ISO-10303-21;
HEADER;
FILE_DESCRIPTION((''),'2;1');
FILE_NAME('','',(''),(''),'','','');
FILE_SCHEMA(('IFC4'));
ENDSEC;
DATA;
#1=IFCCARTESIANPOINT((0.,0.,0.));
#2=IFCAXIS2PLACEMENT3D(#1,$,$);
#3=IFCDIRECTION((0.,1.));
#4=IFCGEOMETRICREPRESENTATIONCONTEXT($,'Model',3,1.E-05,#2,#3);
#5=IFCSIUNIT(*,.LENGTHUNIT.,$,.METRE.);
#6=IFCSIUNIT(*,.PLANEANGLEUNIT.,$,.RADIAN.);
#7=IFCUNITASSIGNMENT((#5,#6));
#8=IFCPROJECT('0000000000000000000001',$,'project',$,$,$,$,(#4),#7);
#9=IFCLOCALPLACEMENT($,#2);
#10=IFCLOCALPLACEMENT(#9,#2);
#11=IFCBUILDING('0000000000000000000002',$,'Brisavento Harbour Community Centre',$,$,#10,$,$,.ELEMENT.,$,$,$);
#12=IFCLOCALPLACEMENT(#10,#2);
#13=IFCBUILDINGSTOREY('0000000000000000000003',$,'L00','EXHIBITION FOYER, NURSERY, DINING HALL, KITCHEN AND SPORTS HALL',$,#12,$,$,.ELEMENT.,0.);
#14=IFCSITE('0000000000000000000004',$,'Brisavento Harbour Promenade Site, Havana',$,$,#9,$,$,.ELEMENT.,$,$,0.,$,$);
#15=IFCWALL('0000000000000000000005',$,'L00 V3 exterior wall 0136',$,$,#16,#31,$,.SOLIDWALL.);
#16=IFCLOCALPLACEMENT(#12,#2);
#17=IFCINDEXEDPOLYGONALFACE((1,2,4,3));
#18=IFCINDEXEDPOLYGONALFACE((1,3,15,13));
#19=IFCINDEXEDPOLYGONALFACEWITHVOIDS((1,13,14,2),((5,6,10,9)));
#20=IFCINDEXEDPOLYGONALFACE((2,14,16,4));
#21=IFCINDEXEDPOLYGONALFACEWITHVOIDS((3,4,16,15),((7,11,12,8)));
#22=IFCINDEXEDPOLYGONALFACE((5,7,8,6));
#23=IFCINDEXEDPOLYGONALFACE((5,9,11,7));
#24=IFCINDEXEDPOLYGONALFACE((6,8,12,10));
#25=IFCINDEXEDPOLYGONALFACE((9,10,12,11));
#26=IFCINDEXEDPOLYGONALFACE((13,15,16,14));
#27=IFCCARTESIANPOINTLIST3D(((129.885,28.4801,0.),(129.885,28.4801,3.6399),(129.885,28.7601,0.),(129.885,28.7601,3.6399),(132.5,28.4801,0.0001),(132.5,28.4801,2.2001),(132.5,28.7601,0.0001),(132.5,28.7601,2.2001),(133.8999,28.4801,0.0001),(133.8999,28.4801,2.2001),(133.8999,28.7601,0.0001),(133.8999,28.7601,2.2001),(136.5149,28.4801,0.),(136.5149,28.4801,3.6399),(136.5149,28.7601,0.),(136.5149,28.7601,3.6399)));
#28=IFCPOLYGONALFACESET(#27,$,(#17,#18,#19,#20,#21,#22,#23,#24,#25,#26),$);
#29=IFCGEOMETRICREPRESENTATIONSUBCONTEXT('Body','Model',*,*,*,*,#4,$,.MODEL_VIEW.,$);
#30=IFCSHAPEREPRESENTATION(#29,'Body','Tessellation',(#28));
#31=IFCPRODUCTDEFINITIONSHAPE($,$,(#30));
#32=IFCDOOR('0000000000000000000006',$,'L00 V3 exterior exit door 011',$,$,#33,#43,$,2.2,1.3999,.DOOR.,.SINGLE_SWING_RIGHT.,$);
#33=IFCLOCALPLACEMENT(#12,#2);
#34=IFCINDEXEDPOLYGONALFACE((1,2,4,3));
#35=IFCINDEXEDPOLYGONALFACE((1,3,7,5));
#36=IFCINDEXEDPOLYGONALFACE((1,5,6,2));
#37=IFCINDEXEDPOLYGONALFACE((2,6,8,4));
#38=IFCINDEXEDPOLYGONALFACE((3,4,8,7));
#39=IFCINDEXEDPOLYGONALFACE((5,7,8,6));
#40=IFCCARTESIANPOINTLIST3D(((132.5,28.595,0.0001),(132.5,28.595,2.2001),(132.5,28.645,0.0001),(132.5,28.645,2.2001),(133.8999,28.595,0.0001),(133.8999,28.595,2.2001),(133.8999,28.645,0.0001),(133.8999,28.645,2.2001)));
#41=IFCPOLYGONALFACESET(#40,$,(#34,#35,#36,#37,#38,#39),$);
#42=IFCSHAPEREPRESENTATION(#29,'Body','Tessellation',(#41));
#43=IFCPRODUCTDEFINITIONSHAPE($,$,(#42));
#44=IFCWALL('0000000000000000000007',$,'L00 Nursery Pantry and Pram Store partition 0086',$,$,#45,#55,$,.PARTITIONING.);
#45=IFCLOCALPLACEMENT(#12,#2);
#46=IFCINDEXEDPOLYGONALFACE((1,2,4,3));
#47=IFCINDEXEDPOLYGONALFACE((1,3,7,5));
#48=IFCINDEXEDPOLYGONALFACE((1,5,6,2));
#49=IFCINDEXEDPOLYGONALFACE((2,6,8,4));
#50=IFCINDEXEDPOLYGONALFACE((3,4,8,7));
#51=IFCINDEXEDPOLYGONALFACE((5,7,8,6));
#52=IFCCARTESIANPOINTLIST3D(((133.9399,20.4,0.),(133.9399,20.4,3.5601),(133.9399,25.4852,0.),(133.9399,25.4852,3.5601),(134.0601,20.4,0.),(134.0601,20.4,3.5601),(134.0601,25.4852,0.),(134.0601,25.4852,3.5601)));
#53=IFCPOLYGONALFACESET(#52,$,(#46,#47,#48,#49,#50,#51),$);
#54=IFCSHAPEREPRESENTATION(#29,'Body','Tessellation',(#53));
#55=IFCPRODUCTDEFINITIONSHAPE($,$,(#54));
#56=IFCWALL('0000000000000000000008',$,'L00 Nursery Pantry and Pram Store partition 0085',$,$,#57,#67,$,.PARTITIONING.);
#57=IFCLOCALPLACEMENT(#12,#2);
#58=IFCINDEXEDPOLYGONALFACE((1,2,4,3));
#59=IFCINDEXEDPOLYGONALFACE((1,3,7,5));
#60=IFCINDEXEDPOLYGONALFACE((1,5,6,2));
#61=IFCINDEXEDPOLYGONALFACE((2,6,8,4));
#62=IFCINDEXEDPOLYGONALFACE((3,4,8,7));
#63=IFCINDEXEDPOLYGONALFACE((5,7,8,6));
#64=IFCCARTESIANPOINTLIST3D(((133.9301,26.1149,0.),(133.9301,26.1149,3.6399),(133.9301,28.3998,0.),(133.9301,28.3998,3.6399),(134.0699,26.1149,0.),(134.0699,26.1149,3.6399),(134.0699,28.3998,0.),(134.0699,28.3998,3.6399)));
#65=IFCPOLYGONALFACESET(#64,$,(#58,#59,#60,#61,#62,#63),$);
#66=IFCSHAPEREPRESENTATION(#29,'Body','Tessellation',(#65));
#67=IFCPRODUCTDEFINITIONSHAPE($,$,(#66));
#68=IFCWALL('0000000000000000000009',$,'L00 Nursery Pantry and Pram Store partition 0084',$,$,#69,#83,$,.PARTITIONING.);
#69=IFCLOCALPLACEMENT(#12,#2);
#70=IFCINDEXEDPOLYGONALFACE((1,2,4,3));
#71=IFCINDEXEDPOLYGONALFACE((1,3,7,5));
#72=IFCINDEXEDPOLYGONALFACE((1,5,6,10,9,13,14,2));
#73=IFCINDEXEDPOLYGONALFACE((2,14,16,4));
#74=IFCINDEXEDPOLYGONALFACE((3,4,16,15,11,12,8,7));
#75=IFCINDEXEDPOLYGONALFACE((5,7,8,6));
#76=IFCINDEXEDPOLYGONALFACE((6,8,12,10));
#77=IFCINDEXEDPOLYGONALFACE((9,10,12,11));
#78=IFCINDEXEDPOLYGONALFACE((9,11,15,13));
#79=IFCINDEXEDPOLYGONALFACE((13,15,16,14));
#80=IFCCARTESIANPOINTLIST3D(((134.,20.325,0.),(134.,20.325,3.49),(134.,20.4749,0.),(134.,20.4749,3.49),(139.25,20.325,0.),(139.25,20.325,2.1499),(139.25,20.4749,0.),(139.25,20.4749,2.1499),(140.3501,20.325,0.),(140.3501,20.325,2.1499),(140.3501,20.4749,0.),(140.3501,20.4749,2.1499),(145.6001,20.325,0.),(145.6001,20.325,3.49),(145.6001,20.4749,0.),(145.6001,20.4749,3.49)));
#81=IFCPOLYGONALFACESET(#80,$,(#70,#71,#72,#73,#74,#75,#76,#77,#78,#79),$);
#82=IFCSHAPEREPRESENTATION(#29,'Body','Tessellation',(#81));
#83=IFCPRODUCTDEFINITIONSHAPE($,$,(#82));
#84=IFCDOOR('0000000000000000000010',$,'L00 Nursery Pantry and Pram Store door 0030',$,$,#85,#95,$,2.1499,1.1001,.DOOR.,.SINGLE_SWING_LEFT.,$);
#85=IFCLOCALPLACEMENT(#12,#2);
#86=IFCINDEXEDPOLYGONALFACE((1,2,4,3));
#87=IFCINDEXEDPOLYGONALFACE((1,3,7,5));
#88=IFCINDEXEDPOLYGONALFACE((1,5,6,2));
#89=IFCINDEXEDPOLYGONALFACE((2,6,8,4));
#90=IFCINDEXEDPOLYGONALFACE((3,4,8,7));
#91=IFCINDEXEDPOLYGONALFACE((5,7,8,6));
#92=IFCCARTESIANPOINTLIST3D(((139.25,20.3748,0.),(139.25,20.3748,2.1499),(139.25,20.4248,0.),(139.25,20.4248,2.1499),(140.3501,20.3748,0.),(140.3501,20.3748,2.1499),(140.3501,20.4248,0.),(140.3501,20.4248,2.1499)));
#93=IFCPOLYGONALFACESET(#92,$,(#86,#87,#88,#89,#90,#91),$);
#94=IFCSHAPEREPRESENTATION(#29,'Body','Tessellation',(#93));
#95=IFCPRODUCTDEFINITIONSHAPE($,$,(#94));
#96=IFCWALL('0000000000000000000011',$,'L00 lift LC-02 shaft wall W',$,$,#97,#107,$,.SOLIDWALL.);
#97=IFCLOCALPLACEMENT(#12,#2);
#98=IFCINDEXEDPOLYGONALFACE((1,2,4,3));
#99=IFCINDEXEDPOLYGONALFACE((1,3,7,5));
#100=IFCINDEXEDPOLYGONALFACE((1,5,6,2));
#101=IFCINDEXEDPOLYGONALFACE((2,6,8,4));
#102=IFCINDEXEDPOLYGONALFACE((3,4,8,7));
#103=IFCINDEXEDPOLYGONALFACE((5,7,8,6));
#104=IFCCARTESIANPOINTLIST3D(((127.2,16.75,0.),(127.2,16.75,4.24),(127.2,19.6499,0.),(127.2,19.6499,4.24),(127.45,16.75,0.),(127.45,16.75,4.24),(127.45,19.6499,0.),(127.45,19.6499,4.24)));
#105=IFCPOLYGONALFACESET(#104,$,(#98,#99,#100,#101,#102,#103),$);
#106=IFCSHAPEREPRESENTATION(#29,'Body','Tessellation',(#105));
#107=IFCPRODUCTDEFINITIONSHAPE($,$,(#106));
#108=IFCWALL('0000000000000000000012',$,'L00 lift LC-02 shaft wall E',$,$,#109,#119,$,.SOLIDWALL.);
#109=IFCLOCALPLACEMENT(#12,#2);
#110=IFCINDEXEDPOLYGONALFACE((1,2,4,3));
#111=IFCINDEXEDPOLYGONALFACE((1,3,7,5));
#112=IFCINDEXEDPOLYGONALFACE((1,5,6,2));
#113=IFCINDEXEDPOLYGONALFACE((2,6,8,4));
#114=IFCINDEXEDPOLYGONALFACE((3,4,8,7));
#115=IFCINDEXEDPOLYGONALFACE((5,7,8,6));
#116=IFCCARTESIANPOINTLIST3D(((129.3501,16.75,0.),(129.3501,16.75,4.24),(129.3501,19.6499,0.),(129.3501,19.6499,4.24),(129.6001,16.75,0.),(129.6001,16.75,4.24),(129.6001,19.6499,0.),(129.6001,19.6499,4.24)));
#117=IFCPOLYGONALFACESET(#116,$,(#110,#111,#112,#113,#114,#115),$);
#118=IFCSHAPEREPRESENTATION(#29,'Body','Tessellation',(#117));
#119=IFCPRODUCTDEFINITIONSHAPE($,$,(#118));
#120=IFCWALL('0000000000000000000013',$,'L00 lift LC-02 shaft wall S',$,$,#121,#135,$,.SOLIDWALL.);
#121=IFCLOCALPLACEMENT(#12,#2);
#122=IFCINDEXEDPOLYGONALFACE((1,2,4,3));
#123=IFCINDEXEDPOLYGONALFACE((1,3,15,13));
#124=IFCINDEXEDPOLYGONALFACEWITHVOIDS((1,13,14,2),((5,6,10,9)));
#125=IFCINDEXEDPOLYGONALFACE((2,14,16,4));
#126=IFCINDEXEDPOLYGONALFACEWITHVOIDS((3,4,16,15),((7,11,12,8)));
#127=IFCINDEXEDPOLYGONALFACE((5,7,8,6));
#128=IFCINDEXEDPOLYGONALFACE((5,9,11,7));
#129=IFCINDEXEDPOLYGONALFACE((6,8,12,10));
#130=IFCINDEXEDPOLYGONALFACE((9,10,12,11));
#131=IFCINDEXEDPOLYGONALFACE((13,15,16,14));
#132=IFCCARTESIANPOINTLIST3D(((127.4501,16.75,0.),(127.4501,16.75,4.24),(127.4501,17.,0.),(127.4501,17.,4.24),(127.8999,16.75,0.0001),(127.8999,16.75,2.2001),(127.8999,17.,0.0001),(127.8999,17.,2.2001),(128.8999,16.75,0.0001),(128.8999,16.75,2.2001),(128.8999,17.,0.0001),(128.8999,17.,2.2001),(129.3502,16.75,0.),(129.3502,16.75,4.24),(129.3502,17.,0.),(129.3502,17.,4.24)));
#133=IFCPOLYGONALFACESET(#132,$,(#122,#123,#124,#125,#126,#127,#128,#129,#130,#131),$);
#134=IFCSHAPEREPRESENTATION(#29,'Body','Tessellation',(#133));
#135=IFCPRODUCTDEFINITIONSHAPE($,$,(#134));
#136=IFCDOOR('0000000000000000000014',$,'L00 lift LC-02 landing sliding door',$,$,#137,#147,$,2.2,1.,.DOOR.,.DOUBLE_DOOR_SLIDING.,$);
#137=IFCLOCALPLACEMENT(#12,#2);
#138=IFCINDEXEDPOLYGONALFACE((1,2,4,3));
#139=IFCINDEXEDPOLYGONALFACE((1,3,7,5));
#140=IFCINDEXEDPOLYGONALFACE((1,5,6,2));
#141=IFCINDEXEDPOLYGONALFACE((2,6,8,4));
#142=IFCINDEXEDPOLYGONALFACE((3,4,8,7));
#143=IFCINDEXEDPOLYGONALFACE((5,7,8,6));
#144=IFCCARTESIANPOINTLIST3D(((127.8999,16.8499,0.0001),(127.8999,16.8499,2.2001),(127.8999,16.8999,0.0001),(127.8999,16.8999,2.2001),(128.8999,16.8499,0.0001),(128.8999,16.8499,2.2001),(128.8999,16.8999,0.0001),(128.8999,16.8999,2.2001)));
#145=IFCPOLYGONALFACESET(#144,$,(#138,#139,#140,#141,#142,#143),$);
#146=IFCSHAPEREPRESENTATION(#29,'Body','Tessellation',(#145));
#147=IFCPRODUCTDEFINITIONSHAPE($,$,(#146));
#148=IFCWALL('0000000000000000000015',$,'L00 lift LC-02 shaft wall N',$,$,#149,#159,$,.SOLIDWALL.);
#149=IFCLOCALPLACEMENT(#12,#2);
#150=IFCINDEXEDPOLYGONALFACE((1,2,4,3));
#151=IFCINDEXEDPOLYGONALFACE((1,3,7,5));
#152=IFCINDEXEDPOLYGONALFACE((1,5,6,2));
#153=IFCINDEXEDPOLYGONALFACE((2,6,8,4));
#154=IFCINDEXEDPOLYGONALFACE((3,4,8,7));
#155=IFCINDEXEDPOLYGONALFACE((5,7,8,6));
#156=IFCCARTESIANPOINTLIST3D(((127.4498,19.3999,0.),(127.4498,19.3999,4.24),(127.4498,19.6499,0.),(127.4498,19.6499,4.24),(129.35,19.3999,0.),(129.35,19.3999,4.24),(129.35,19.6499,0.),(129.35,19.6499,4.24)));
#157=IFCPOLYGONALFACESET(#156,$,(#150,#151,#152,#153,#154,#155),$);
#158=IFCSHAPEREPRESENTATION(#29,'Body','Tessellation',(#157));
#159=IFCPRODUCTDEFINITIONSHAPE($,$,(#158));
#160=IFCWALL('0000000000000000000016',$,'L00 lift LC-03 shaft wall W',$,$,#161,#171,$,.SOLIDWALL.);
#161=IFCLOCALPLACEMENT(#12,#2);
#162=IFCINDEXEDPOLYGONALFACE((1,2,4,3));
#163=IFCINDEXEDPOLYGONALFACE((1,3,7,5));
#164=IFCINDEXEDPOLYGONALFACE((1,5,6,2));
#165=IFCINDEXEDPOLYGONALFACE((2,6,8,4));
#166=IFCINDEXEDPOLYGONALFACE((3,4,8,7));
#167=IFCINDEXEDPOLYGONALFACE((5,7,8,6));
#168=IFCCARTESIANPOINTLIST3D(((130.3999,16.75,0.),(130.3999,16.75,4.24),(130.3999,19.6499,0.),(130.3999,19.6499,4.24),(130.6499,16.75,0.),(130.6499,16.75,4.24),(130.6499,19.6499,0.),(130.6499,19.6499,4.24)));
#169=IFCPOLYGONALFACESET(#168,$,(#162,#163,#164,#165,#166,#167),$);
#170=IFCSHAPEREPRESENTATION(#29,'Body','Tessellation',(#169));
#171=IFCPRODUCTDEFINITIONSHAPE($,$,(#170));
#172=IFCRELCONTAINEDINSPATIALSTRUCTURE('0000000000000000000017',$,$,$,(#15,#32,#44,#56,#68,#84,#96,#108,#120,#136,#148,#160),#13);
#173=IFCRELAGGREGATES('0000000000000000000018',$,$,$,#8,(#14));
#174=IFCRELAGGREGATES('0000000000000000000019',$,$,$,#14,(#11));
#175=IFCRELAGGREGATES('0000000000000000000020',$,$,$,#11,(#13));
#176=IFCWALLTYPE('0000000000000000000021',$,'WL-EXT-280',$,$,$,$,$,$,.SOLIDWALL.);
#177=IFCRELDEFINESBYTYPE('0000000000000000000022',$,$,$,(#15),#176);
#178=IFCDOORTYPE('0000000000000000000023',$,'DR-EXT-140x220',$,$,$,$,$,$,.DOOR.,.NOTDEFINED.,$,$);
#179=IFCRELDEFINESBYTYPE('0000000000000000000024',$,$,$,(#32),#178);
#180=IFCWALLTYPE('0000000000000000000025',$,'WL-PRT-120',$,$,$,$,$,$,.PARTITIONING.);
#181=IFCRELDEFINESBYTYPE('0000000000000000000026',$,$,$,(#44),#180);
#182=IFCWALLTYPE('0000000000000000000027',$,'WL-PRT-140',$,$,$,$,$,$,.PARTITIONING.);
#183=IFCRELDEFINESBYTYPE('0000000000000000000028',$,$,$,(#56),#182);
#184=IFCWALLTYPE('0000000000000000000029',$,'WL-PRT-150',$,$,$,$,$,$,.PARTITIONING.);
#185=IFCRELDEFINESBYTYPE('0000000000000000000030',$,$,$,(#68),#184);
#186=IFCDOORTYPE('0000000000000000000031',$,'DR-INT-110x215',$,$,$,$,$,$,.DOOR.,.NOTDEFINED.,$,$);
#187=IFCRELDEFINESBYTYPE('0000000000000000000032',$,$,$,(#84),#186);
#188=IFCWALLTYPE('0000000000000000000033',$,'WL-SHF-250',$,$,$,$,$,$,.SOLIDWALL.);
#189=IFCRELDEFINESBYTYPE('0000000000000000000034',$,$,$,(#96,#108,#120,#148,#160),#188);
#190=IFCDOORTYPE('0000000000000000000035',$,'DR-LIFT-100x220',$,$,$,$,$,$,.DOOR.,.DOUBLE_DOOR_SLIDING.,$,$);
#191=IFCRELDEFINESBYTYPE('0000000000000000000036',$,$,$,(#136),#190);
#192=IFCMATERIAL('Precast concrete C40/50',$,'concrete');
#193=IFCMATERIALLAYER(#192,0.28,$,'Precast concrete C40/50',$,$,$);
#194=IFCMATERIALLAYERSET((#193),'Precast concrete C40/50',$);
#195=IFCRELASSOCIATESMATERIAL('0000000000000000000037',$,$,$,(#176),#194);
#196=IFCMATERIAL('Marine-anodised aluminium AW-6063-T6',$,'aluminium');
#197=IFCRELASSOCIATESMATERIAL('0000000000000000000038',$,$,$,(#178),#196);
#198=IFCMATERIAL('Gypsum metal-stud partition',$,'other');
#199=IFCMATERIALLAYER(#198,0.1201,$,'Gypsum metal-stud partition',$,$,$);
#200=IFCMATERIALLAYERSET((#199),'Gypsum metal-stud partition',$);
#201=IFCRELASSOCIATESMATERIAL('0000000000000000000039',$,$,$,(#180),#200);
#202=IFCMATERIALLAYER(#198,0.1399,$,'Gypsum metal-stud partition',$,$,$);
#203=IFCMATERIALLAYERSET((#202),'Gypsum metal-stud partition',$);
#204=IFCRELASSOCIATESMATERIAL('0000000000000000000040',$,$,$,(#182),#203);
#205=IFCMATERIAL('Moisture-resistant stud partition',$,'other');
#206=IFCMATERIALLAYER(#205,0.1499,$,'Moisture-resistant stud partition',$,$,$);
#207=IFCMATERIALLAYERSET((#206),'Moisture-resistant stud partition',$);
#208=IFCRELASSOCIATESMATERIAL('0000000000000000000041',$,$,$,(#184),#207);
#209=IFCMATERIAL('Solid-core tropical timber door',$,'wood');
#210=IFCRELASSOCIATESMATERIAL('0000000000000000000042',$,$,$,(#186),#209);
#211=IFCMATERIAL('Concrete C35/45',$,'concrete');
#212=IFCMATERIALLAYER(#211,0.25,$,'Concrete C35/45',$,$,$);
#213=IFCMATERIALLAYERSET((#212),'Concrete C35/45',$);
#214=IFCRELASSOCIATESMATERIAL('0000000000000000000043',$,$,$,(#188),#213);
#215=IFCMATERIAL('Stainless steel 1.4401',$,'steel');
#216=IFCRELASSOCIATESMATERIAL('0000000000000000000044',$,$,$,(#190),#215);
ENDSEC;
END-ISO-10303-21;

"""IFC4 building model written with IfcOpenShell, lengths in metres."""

from ifc_helpers import new_model, si_unit, direction, frame, frame_2d, origin, place, context, subcontext, project, spatial, rectangle, extrude, material, layer, layer_set, type_object, element, fill, save


model = new_model("IFC4")

# Units and contexts
model_context = context("Model", 3, precision=1e-05, world=origin(), true_north=direction((0.0, 1.0)))
body_context = subcontext(model_context, "Body", "Model", "MODEL_VIEW")
ifc_project = project(units=[si_unit("LENGTHUNIT", "METRE"), si_unit("PLANEANGLEUNIT", "RADIAN")], contexts=[model_context])

# Site, building, storey
site_placement = place(None, origin())
site = spatial("IfcSite", under=ifc_project, at=site_placement, Name="Brisavento Harbour Promenade Site, Havana", CompositionType="ELEMENT", RefElevation=0.0)
building_placement = place(site_placement, origin())
building = spatial("IfcBuilding", under=site, at=building_placement, Name="Brisavento Harbour Community Centre", CompositionType="ELEMENT")
storey_placement = place(building_placement, origin())
storey = spatial("IfcBuildingStorey", under=building, at=storey_placement, Name="L00", Description="EXHIBITION FOYER, NURSERY, DINING HALL, KITCHEN AND SPORTS HALL", CompositionType="ELEMENT", Elevation=0.0)

# Shared definitions
ifc_material_1 = material(Name="Concrete C35/45", Category="concrete")

# Wall, opening, door
ifc_material_2 = material(Name="Precast concrete C40/50", Category="concrete")
ifc_layer_1 = layer(ifc_material_2, 0.28, Name="Precast concrete C40/50")
ifc_layer_set_1 = layer_set([ifc_layer_1], Name="Precast concrete C40/50")
wall_type_1 = type_object("IfcWallType", Name="WL-EXT-280", PredefinedType="SOLIDWALL", material=ifc_layer_set_1)
wall_1_placement = place(storey_placement, frame((129.885, 28.6201, 0.0), z_axis=(0.0, 0.0, 1.0), x_axis=(1.0, 0.0, 0.0)))
wall_1 = element("IfcWall", 1, at=wall_1_placement, inside=storey, type_object=wall_type_1, Name="L00 V3 exterior wall 0136", PredefinedType="SOLIDWALL", context=body_context, shape_type="SweptSolid", body=[
    extrude(rectangle(XDim=6.6299, YDim=0.28, at=frame_2d((3.3149, 0.0))), origin(), (0.0, 0.0, 1.0), 3.6399),
])
opening_1_placement = place(wall_1_placement, frame((2.615, 0.0, 0.0)))
opening_1 = element("IfcOpeningElement", 2, at=opening_1_placement, cuts=wall_1, PredefinedType="OPENING", context=body_context, shape_type="SweptSolid", body=[
    extrude(rectangle(XDim=1.3999, YDim=2.2, at=frame_2d((0.7, 1.1001))), frame((0.0, 0.1499, 0.0), z_axis=(0.0, -1.0, 0.0), x_axis=(1.0, 0.0, 0.0)), (0.0, 0.0, 1.0), 0.3),
])
ifc_material_3 = material(Name="Marine-anodised aluminium AW-6063-T6", Category="aluminium")
door_type_1 = type_object("IfcDoorType", Name="DR-EXT-140x220", OperationType="NOTDEFINED", PredefinedType="DOOR", material=ifc_material_3)
door_1_placement = place(opening_1_placement, origin())
door_1 = element("IfcDoor", 3, at=door_1_placement, inside=storey, type_object=door_type_1, Name="L00 V3 exterior exit door 011", OperationType="SINGLE_SWING_RIGHT", OverallHeight=2.2, OverallWidth=1.3999, PredefinedType="DOOR", context=body_context, shape_type="SweptSolid", body=[
    extrude(rectangle(XDim=1.3999, YDim=2.2, at=frame_2d((0.7, 1.1001))), frame((0.0, 0.0249, 0.0), z_axis=(0.0, -1.0, 0.0), x_axis=(1.0, 0.0, 0.0)), (0.0, 0.0, 1.0), 0.05),
])
fill(opening_1, door_1)

# Walls
ifc_material_4 = material(Name="Gypsum metal-stud partition", Category="other")
ifc_layer_2 = layer(ifc_material_4, 0.1201, Name="Gypsum metal-stud partition")
ifc_layer_set_2 = layer_set([ifc_layer_2], Name="Gypsum metal-stud partition")
wall_type_2 = type_object("IfcWallType", Name="WL-PRT-120", PredefinedType="PARTITIONING", material=ifc_layer_set_2)
wall_2_placement = place(storey_placement, frame((134.0, 25.4851, 0.0), z_axis=(0.0, 0.0, 1.0), x_axis=(0.0, -1.0, 0.0)))
element("IfcWall", 4, at=wall_2_placement, inside=storey, type_object=wall_type_2, Name="L00 Nursery Pantry and Pram Store partition 0086", PredefinedType="PARTITIONING", context=body_context, shape_type="SweptSolid", body=[
    extrude(rectangle(XDim=5.0852, YDim=0.1201, at=frame_2d((2.5425, 0.0))), origin(), (0.0, 0.0, 1.0), 3.5601),
])
ifc_layer_3 = layer(ifc_material_4, 0.1399, Name="Gypsum metal-stud partition")
ifc_layer_set_3 = layer_set([ifc_layer_3], Name="Gypsum metal-stud partition")
wall_type_3 = type_object("IfcWallType", Name="WL-PRT-140", PredefinedType="PARTITIONING", material=ifc_layer_set_3)
wall_3_placement = place(storey_placement, frame((134.0, 28.3999, 0.0), z_axis=(0.0, 0.0, 1.0), x_axis=(0.0, -1.0, 0.0)))
element("IfcWall", 5, at=wall_3_placement, inside=storey, type_object=wall_type_3, Name="L00 Nursery Pantry and Pram Store partition 0085", PredefinedType="PARTITIONING", context=body_context, shape_type="SweptSolid", body=[
    extrude(rectangle(XDim=2.2849, YDim=0.1399, at=frame_2d((1.1426, 0.0))), origin(), (0.0, 0.0, 1.0), 3.6399),
])

# Wall, opening, door
ifc_material_5 = material(Name="Moisture-resistant stud partition", Category="other")
ifc_layer_4 = layer(ifc_material_5, 0.1499, Name="Moisture-resistant stud partition")
ifc_layer_set_4 = layer_set([ifc_layer_4], Name="Moisture-resistant stud partition")
wall_type_4 = type_object("IfcWallType", Name="WL-PRT-150", PredefinedType="PARTITIONING", material=ifc_layer_set_4)
wall_4_placement = place(storey_placement, frame((134.0, 20.3999, 0.0), z_axis=(0.0, 0.0, 1.0), x_axis=(1.0, 0.0, 0.0)))
wall_4 = element("IfcWall", 6, at=wall_4_placement, inside=storey, type_object=wall_type_4, Name="L00 Nursery Pantry and Pram Store partition 0084", PredefinedType="PARTITIONING", context=body_context, shape_type="SweptSolid", body=[
    extrude(rectangle(XDim=11.6001, YDim=0.1499, at=frame_2d((5.8, 0.0))), origin(), (0.0, 0.0, 1.0), 3.49),
])
opening_2_placement = place(wall_4_placement, frame((5.25, 0.0, 0.0)))
opening_2 = element("IfcOpeningElement", 7, at=opening_2_placement, cuts=wall_4, PredefinedType="OPENING", context=body_context, shape_type="SweptSolid", body=[
    extrude(rectangle(XDim=1.1001, YDim=2.1499, at=frame_2d((0.55, 1.075))), frame((0.0, 0.085, 0.0), z_axis=(0.0, -1.0, 0.0), x_axis=(1.0, 0.0, 0.0)), (0.0, 0.0, 1.0), 0.1699),
])
ifc_material_6 = material(Name="Solid-core tropical timber door", Category="wood")
door_type_2 = type_object("IfcDoorType", Name="DR-INT-110x215", OperationType="NOTDEFINED", PredefinedType="DOOR", material=ifc_material_6)
door_2_placement = place(opening_2_placement, origin())
door_2 = element("IfcDoor", 8, at=door_2_placement, inside=storey, type_object=door_type_2, Name="L00 Nursery Pantry and Pram Store door 0030", OperationType="SINGLE_SWING_LEFT", OverallHeight=2.1499, OverallWidth=1.1001, PredefinedType="DOOR", context=body_context, shape_type="SweptSolid", body=[
    extrude(rectangle(XDim=1.1001, YDim=2.1499, at=frame_2d((0.55, 1.075))), frame((0.0, 0.0249, 0.0), z_axis=(0.0, -1.0, 0.0), x_axis=(1.0, 0.0, 0.0)), (0.0, 0.0, 1.0), 0.05),
])
fill(opening_2, door_2)

# Walls
ifc_layer_5 = layer(ifc_material_1, 0.25, Name="Concrete C35/45")
ifc_layer_set_5 = layer_set([ifc_layer_5], Name="Concrete C35/45")
wall_type_5 = type_object("IfcWallType", Name="WL-SHF-250", PredefinedType="SOLIDWALL", material=ifc_layer_set_5)
for number, where, z_axis, x_axis, name in (
    (9, (127.325, 16.75, 0.0), (0.0, 0.0, 1.0), (0.0, 1.0, 0.0), "L00 lift LC-02 shaft wall W"),
    (10, (129.4751, 19.6499, 0.0), (0.0, 0.0, 1.0), (0.0, -1.0, 0.0), "L00 lift LC-02 shaft wall E"),
):
    element("IfcWall", number, at=place(storey_placement, frame(where, z_axis=z_axis, x_axis=x_axis)), inside=storey, type_object=wall_type_5, Name=name, PredefinedType="SOLIDWALL", context=body_context, shape_type="SweptSolid", body=[
        extrude(rectangle(XDim=2.8999, YDim=0.25, at=frame_2d((1.45, 0.0))), origin(), (0.0, 0.0, 1.0), 4.24),
    ])

# Wall, opening, door
wall_5_placement = place(storey_placement, frame((127.45, 16.875, 0.0), z_axis=(0.0, 0.0, 1.0), x_axis=(1.0, 0.0, 0.0)))
wall_5 = element("IfcWall", 11, at=wall_5_placement, inside=storey, type_object=wall_type_5, Name="L00 lift LC-02 shaft wall S", PredefinedType="SOLIDWALL", context=body_context, shape_type="SweptSolid", body=[
    extrude(rectangle(XDim=1.9001, YDim=0.25, at=frame_2d((0.9502, 0.0))), origin(), (0.0, 0.0, 1.0), 4.24),
])
opening_3_placement = place(wall_5_placement, frame((0.45, 0.0, 0.0)))
opening_3 = element("IfcOpeningElement", 12, at=opening_3_placement, cuts=wall_5, PredefinedType="OPENING", context=body_context, shape_type="SweptSolid", body=[
    extrude(rectangle(XDim=1.0, YDim=2.2, at=frame_2d((0.5, 1.1001))), frame((0.0, 0.135, 0.0), z_axis=(0.0, -1.0, 0.0), x_axis=(1.0, 0.0, 0.0)), (0.0, 0.0, 1.0), 0.27),
])
ifc_material_7 = material(Name="Stainless steel 1.4401", Category="steel")
door_type_3 = type_object("IfcDoorType", Name="DR-LIFT-100x220", OperationType="DOUBLE_DOOR_SLIDING", PredefinedType="DOOR", material=ifc_material_7)
door_3_placement = place(opening_3_placement, origin())
door_3 = element("IfcDoor", 13, at=door_3_placement, inside=storey, type_object=door_type_3, Name="L00 lift LC-02 landing sliding door", OperationType="DOUBLE_DOOR_SLIDING", OverallHeight=2.2, OverallWidth=1.0, PredefinedType="DOOR", context=body_context, shape_type="SweptSolid", body=[
    extrude(rectangle(XDim=1.0, YDim=2.2, at=frame_2d((0.5, 1.1001))), frame((0.0, 0.0249, 0.0), z_axis=(0.0, -1.0, 0.0), x_axis=(1.0, 0.0, 0.0)), (0.0, 0.0, 1.0), 0.05),
])
fill(opening_3, door_3)

# Walls
wall_6_placement = place(storey_placement, frame((129.3501, 19.5249, 0.0), z_axis=(0.0, 0.0, 1.0), x_axis=(-1.0, 0.0, 0.0)))
element("IfcWall", 14, at=wall_6_placement, inside=storey, type_object=wall_type_5, Name="L00 lift LC-02 shaft wall N", PredefinedType="SOLIDWALL", context=body_context, shape_type="SweptSolid", body=[
    extrude(rectangle(XDim=1.9001, YDim=0.25, at=frame_2d((0.9502, 0.0))), origin(), (0.0, 0.0, 1.0), 4.24),
])
for number, where, z_axis, x_axis, name in (
    (15, (130.5249, 16.75, 0.0), (0.0, 0.0, 1.0), (0.0, 1.0, 0.0), "L00 lift LC-03 shaft wall W"),
):
    element("IfcWall", number, at=place(storey_placement, frame(where, z_axis=z_axis, x_axis=x_axis)), inside=storey, type_object=wall_type_5, Name=name, PredefinedType="SOLIDWALL", context=body_context, shape_type="SweptSolid", body=[
        extrude(rectangle(XDim=2.8999, YDim=0.25, at=frame_2d((1.45, 0.0))), origin(), (0.0, 0.0, 1.0), 4.24),
    ])

save(model, "model.ifc")
